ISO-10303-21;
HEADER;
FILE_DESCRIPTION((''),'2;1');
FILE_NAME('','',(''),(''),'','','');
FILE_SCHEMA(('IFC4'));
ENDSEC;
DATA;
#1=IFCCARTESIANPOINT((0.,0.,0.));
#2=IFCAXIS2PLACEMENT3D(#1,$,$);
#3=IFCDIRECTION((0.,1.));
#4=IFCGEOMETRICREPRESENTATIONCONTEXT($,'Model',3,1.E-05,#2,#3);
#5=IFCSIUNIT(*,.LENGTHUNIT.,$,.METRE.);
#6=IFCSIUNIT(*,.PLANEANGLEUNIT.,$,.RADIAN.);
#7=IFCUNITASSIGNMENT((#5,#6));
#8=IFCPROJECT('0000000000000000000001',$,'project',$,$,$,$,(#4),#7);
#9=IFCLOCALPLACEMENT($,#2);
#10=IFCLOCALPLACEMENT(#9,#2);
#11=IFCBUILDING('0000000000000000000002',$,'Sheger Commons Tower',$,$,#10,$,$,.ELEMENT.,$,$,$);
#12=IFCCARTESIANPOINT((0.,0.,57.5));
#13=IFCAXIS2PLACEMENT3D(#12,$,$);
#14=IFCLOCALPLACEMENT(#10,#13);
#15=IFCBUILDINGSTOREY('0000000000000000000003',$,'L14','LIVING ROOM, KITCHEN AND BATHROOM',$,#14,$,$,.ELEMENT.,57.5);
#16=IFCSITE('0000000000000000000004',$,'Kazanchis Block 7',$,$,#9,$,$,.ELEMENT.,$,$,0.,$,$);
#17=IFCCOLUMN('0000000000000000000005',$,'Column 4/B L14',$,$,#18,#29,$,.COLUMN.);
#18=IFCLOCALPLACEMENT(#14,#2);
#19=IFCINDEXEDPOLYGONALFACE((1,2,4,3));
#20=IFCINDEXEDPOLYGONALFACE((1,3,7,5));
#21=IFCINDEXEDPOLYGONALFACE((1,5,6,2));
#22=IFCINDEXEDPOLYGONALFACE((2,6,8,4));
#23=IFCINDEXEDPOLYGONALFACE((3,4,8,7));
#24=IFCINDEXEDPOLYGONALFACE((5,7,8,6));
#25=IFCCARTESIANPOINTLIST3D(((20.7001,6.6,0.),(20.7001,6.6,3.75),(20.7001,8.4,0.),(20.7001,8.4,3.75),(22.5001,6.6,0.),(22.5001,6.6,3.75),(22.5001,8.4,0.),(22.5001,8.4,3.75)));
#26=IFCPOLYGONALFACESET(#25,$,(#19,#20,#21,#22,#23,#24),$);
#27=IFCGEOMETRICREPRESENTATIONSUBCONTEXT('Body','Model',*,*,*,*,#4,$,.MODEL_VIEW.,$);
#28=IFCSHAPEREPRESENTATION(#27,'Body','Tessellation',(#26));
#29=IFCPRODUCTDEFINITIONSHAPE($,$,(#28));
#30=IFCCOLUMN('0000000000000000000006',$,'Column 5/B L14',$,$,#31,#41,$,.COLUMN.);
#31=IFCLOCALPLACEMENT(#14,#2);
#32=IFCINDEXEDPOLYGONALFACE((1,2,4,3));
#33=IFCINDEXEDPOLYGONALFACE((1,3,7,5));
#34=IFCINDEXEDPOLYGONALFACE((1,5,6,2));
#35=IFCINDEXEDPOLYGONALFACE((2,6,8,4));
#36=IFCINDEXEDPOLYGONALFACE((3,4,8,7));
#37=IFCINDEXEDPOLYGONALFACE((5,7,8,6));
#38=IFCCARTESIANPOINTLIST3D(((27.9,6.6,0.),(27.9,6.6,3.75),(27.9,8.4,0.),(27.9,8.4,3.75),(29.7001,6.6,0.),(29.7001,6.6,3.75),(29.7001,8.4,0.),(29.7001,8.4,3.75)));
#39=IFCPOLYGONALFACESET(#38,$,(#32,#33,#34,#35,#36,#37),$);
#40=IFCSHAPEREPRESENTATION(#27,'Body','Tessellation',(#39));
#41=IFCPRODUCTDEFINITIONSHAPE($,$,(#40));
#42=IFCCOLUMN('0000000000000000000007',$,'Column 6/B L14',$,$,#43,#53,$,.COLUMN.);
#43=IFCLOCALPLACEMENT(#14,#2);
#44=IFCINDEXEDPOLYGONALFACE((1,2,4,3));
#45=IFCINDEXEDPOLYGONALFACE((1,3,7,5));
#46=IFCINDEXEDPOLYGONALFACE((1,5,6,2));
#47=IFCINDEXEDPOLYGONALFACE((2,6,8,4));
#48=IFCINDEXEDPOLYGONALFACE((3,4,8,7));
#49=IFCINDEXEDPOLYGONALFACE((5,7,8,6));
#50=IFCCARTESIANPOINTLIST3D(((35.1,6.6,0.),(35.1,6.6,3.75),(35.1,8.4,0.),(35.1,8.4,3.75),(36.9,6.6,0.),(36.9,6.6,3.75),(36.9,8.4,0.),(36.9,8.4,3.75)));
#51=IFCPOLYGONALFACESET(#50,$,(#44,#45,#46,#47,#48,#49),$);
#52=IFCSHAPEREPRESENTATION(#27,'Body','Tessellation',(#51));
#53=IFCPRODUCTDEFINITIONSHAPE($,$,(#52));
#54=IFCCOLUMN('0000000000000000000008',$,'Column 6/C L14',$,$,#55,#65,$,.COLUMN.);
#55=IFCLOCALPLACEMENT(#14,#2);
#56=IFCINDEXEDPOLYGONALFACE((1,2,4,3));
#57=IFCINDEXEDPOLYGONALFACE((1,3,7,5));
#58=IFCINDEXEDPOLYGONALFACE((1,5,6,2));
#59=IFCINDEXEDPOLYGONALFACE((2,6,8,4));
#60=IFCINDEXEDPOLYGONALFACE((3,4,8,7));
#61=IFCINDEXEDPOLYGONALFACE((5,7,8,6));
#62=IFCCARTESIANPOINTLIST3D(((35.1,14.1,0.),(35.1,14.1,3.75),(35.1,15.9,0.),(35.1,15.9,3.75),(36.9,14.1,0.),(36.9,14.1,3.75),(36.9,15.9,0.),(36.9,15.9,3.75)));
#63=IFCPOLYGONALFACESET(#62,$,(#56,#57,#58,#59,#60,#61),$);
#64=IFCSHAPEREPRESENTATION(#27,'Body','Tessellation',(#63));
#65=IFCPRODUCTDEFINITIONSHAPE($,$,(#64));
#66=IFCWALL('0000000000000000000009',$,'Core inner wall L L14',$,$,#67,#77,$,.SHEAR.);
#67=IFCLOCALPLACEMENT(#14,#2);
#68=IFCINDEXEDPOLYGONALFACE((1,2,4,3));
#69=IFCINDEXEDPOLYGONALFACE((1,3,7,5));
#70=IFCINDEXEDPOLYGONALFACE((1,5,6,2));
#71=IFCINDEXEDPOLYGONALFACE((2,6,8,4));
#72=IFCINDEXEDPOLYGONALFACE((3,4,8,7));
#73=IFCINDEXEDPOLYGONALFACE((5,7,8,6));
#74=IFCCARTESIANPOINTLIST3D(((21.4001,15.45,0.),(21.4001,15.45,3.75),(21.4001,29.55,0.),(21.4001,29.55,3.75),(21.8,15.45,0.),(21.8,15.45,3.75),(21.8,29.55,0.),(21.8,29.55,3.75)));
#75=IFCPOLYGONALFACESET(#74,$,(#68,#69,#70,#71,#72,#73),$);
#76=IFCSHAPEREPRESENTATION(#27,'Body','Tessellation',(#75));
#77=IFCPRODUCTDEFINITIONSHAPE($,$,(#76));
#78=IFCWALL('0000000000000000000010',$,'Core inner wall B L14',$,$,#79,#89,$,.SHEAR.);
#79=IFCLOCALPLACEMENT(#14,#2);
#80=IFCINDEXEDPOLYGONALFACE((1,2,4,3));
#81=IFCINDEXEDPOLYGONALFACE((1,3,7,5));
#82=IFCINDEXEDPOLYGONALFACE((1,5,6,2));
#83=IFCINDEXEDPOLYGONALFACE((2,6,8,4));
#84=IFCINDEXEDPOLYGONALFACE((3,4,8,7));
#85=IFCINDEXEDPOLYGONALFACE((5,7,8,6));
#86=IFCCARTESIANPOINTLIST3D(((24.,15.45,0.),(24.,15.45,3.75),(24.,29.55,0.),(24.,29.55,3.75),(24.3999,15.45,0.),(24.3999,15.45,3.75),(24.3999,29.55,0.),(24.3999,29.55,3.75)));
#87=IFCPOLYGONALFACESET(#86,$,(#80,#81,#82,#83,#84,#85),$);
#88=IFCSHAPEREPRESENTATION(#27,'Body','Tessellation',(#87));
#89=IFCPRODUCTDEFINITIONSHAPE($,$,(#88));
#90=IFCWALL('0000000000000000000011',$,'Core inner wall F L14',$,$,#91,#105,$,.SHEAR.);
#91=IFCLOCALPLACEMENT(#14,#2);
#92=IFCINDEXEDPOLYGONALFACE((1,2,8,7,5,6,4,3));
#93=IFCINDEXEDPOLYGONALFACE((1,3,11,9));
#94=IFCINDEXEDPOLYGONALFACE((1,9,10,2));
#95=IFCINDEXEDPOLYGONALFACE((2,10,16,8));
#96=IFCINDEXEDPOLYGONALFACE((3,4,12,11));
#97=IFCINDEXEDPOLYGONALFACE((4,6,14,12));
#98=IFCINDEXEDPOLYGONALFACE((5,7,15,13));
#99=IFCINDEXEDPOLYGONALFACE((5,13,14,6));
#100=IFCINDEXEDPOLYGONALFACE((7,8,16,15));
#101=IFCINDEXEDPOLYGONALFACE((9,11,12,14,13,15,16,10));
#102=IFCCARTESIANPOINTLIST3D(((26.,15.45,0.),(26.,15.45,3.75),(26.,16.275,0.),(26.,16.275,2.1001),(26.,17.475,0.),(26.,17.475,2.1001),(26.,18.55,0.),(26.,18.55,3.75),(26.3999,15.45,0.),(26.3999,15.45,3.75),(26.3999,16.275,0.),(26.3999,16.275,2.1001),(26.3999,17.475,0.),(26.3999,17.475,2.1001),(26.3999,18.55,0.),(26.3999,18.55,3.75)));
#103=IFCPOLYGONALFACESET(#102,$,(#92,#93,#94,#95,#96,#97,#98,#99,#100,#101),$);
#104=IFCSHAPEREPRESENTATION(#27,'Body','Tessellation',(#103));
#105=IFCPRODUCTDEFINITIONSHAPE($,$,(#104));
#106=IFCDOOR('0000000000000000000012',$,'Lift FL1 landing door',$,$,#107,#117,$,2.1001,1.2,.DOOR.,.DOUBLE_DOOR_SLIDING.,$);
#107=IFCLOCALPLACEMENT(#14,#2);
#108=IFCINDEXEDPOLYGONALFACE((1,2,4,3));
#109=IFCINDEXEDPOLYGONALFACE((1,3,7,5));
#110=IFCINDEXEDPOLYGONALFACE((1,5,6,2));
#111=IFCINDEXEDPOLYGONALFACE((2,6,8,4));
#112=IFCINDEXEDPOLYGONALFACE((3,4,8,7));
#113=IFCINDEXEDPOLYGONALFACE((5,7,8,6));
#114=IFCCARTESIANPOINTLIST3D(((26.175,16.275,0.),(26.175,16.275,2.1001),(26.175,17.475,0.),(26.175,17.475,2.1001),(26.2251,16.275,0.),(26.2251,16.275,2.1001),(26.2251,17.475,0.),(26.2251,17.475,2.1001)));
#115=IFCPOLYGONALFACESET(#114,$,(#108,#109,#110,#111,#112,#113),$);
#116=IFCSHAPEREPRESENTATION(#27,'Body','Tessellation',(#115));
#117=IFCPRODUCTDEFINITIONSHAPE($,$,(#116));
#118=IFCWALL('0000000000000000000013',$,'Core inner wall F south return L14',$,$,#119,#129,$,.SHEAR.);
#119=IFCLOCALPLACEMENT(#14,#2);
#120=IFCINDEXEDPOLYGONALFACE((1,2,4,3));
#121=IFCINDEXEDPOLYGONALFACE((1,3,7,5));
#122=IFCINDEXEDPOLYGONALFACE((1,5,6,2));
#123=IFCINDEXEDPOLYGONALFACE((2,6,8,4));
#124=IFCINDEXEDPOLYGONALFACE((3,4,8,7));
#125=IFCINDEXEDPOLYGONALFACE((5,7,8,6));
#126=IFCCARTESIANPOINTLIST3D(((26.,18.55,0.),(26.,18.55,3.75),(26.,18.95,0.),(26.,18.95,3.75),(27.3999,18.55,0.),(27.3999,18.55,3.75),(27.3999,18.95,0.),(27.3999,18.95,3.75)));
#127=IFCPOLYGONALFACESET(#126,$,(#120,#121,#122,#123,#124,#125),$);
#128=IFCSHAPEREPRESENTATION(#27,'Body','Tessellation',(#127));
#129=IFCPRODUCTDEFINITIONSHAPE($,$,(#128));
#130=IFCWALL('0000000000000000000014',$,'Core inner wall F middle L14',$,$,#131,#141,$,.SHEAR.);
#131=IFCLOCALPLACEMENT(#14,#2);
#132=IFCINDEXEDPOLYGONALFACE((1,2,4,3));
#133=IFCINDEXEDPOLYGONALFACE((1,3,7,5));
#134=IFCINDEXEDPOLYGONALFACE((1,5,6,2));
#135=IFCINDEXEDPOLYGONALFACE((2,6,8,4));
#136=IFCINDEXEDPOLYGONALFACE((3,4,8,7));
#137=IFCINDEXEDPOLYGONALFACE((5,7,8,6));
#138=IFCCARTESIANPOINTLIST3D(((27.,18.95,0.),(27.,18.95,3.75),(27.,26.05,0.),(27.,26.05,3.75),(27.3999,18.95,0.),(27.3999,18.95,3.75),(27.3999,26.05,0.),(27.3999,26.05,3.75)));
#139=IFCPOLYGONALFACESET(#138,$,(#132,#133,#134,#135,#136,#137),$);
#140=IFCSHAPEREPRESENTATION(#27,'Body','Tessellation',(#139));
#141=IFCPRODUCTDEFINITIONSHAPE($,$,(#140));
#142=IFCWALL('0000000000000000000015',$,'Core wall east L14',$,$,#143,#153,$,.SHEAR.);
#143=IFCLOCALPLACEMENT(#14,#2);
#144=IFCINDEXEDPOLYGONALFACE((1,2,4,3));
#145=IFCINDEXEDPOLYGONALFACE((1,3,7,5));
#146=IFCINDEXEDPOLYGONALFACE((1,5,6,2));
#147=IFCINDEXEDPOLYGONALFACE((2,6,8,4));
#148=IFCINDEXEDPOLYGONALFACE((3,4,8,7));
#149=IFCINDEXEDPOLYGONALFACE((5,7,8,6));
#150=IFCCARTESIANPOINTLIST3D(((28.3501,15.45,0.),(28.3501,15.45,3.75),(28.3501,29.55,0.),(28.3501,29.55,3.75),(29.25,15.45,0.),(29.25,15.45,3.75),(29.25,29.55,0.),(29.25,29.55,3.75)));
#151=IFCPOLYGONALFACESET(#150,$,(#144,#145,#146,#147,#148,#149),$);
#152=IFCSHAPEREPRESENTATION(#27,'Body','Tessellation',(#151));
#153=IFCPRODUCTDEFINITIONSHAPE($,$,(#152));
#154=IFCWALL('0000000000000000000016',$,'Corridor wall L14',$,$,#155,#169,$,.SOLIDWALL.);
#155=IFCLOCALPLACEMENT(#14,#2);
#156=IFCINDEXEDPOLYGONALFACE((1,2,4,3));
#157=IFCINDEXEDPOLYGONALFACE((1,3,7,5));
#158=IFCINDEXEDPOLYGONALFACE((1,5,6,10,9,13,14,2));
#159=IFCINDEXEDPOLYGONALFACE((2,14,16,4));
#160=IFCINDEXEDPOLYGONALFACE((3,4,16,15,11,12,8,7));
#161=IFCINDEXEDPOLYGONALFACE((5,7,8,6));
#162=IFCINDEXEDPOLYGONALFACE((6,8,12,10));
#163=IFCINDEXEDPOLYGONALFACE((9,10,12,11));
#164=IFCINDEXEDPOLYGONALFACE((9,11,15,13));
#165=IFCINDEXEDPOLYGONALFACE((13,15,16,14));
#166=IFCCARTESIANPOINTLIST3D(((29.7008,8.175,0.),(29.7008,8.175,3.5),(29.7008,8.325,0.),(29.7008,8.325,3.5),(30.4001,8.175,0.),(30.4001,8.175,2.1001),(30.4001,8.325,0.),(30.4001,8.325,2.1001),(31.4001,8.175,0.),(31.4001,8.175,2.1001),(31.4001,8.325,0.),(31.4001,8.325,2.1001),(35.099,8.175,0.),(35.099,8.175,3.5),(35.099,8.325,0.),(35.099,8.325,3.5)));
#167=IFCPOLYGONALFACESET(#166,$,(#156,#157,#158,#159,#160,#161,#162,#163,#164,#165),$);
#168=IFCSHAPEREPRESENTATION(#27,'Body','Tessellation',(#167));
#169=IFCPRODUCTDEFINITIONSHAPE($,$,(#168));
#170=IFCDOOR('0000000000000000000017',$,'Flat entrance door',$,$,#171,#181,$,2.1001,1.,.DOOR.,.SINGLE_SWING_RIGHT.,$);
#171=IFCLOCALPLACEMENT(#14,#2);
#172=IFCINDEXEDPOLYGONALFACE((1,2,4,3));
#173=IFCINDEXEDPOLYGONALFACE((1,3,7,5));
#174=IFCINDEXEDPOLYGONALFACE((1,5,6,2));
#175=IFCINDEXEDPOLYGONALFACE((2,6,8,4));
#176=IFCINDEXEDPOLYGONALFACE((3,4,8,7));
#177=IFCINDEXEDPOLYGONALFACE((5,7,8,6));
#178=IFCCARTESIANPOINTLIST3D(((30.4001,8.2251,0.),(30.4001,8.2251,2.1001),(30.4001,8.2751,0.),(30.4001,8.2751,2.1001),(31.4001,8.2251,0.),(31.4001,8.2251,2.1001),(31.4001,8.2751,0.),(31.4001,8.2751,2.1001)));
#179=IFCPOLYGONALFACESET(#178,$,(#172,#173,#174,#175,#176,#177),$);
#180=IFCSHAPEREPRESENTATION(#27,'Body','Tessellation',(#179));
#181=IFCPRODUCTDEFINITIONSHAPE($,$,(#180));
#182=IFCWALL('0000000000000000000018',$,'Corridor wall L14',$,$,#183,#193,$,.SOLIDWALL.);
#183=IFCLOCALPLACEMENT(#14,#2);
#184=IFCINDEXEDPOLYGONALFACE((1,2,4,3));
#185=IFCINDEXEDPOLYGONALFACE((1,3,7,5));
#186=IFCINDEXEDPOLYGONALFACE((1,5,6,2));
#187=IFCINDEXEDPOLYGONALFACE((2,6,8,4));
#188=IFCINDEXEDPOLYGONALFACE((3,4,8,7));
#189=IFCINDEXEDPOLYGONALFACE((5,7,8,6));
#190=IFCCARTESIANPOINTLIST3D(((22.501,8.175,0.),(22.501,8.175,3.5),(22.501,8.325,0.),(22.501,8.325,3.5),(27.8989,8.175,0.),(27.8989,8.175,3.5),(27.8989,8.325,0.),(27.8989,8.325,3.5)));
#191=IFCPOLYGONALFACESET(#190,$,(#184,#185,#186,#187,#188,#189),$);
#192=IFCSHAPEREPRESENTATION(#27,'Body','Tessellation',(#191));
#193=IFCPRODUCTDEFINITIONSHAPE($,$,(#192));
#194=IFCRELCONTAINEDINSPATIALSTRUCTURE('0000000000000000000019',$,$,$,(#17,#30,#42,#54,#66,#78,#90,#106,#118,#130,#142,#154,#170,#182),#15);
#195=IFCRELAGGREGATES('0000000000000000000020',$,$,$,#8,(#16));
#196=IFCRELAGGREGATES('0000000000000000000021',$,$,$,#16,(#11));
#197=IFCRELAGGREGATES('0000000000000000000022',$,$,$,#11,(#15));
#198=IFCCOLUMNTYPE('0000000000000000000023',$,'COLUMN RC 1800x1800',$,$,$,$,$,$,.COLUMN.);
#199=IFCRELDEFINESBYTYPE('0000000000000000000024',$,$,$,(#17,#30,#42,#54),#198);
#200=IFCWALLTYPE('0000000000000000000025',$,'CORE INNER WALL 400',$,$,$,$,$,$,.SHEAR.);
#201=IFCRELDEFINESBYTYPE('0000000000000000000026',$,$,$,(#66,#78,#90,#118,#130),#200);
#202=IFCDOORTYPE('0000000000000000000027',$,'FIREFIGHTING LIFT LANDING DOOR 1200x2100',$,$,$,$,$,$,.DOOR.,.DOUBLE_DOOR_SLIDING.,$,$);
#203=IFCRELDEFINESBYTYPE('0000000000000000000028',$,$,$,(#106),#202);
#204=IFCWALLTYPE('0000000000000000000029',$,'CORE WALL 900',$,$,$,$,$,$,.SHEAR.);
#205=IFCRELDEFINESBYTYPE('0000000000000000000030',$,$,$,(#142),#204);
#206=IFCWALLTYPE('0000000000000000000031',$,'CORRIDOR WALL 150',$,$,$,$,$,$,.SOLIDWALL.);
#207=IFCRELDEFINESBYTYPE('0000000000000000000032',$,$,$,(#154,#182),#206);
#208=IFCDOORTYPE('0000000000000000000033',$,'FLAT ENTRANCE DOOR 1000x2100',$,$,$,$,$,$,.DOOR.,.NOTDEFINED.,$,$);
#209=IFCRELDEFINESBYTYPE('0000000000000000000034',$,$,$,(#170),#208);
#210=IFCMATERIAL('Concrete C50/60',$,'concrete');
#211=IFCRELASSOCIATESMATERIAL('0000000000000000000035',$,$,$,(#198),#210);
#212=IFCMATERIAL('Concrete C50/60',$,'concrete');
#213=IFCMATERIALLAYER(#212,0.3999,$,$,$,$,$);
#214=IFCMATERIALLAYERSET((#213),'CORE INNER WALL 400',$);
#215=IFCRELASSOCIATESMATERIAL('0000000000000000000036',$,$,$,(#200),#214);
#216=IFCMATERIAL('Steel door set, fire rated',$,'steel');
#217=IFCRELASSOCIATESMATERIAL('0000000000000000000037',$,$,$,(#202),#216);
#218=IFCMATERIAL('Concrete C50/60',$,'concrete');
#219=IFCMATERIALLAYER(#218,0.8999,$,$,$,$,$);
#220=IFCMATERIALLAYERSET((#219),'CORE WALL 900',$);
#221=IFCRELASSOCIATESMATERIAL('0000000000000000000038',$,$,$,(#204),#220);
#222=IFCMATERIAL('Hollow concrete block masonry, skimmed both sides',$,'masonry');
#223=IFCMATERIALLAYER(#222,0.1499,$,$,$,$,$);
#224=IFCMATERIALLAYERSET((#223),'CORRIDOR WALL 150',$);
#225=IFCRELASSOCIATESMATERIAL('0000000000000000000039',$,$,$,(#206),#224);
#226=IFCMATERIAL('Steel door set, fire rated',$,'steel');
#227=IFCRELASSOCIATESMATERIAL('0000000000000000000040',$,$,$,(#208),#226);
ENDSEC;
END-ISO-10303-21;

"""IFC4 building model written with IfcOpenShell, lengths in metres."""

from ifc_helpers import new_model, si_unit, direction, frame, frame_2d, origin, origin_2d, place, context, subcontext, project, spatial, rectangle, extrude, material, layer, layer_set, material_profile, profile_set, type_object, element, fill, save


model = new_model("IFC4")

# Units and contexts
model_context = context("Model", 3, precision=1e-05, world=origin(), true_north=direction((0.0, 1.0)))
body_context = subcontext(model_context, "Body", "Model", "MODEL_VIEW")
ifc_project = project(units=[si_unit("LENGTHUNIT", "METRE"), si_unit("PLANEANGLEUNIT", "RADIAN")], contexts=[model_context])

# Site, building, storey
site_placement = place(None, origin())
site = spatial("IfcSite", under=ifc_project, at=site_placement, Name="Kazanchis Block 7", CompositionType="ELEMENT", RefElevation=0.0)
building_placement = place(site_placement, origin())
building = spatial("IfcBuilding", under=site, at=building_placement, Name="Sheger Commons Tower", CompositionType="ELEMENT")
storey_placement = place(building_placement, frame((0.0, 0.0, 57.5)))
storey = spatial("IfcBuildingStorey", under=building, at=storey_placement, Name="L14", Description="LIVING ROOM, KITCHEN AND BATHROOM", CompositionType="ELEMENT", Elevation=57.5)

# Columns
ifc_material_1 = material(Name="Concrete C50/60", Category="concrete")
ifc_material_profile = material_profile(ifc_material_1, rectangle(XDim=1.8, YDim=1.8, at=origin_2d()), Name="RC 1800x1800")
ifc_profile_set = profile_set([ifc_material_profile], Name="Concrete C50/60")
column_type = type_object("IfcColumnType", Name="COLUMN RC 1800x1800", PredefinedType="COLUMN", material=ifc_profile_set)
for number, where, z_axis, x_axis, name in (
    (1, (21.6001, 7.5, 0.0), (0.0, 0.0, 1.0), (1.0, 0.0, 0.0), "Column 4/B L14"),
    (2, (28.8, 7.5, 0.0), (0.0, 0.0, 1.0), (1.0, 0.0, 0.0), "Column 5/B L14"),
    (3, (36.0, 7.5, 0.0), (0.0, 0.0, 1.0), (1.0, 0.0, 0.0), "Column 6/B L14"),
    (4, (36.0, 15.0, 0.0), (0.0, 0.0, 1.0), (1.0, 0.0, 0.0), "Column 6/C L14"),
):
    element("IfcColumn", number, at=place(storey_placement, frame(where, z_axis=z_axis, x_axis=x_axis)), inside=storey, type_object=column_type, Name=name, PredefinedType="COLUMN", context=body_context, shape_type="SweptSolid", body=[
        extrude(rectangle(XDim=1.8, YDim=1.8, at=origin_2d()), origin(), (0.0, 0.0, 1.0), 3.75),
    ])

# Walls
ifc_material_2 = material(Name="Concrete C50/60", Category="concrete")
ifc_layer_1 = layer(ifc_material_2, 0.3999)
ifc_layer_set_1 = layer_set([ifc_layer_1], Name="CORE INNER WALL 400")
wall_type_1 = type_object("IfcWallType", Name="CORE INNER WALL 400", PredefinedType="SHEAR", material=ifc_layer_set_1)
for number, where, z_axis, x_axis, name in (
    (5, (21.6001, 15.45, 0.0), (0.0, 0.0, 1.0), (0.0, 1.0, 0.0), "Core inner wall L L14"),
    (6, (24.2, 15.45, 0.0), (0.0, 0.0, 1.0), (0.0, 1.0, 0.0), "Core inner wall B L14"),
):
    element("IfcWall", number, at=place(storey_placement, frame(where, z_axis=z_axis, x_axis=x_axis)), inside=storey, type_object=wall_type_1, Name=name, PredefinedType="SHEAR", context=body_context, shape_type="SweptSolid", body=[
        extrude(rectangle(XDim=14.1001, YDim=0.3999, at=frame_2d((7.05, 0.0))), origin(), (0.0, 0.0, 1.0), 3.75),
    ])

# Wall, opening, door
wall_1_placement = place(storey_placement, frame((26.2, 15.45, 0.0), z_axis=(0.0, 0.0, 1.0), x_axis=(0.0, 1.0, 0.0)))
wall_1 = element("IfcWall", 7, at=wall_1_placement, inside=storey, type_object=wall_type_1, Name="Core inner wall F L14", PredefinedType="SHEAR", context=body_context, shape_type="SweptSolid", body=[
    extrude(rectangle(XDim=3.1001, YDim=0.3999, at=frame_2d((1.55, 0.0))), origin(), (0.0, 0.0, 1.0), 3.75),
])
opening_1_placement = place(wall_1_placement, frame((0.825, 0.0, 0.0)))
opening_1 = element("IfcOpeningElement", 8, at=opening_1_placement, cuts=wall_1, PredefinedType="OPENING", context=body_context, shape_type="SweptSolid", body=[
    extrude(rectangle(XDim=1.2, YDim=2.1001, at=frame_2d((0.6001, 1.05))), frame((0.0, 0.21, 0.0), z_axis=(0.0, -1.0, 0.0), x_axis=(1.0, 0.0, 0.0)), (0.0, 0.0, 1.0), 0.4199),
])
ifc_material_3 = material(Name="Steel door set, fire rated", Category="steel")
door_type_1 = type_object("IfcDoorType", Name="FIREFIGHTING LIFT LANDING DOOR 1200x2100", OperationType="DOUBLE_DOOR_SLIDING", PredefinedType="DOOR", material=ifc_material_3)
door_1_placement = place(opening_1_placement, origin())
door_1 = element("IfcDoor", 9, at=door_1_placement, inside=storey, type_object=door_type_1, Name="Lift FL1 landing door", OperationType="DOUBLE_DOOR_SLIDING", OverallHeight=2.1001, OverallWidth=1.2, PredefinedType="DOOR", context=body_context, shape_type="SweptSolid", body=[
    extrude(rectangle(XDim=1.2, YDim=2.1001, at=frame_2d((0.6001, 1.05))), frame((0.0, 0.0249, 0.0), z_axis=(0.0, -1.0, 0.0), x_axis=(1.0, 0.0, 0.0)), (0.0, 0.0, 1.0), 0.05),
])
fill(opening_1, door_1)

# Walls
wall_2_placement = place(storey_placement, frame((26.0, 18.75, 0.0), z_axis=(0.0, 0.0, 1.0), x_axis=(1.0, 0.0, 0.0)))
element("IfcWall", 10, at=wall_2_placement, inside=storey, type_object=wall_type_1, Name="Core inner wall F south return L14", PredefinedType="SHEAR", context=body_context, shape_type="SweptSolid", body=[
    extrude(rectangle(XDim=1.3999, YDim=0.3999, at=frame_2d((0.7, 0.0))), origin(), (0.0, 0.0, 1.0), 3.75),
])
wall_3_placement = place(storey_placement, frame((27.2, 18.95, 0.0), z_axis=(0.0, 0.0, 1.0), x_axis=(0.0, 1.0, 0.0)))
element("IfcWall", 11, at=wall_3_placement, inside=storey, type_object=wall_type_1, Name="Core inner wall F middle L14", PredefinedType="SHEAR", context=body_context, shape_type="SweptSolid", body=[
    extrude(rectangle(XDim=7.1001, YDim=0.3999, at=frame_2d((3.55, 0.0))), origin(), (0.0, 0.0, 1.0), 3.75),
])
ifc_material_4 = material(Name="Concrete C50/60", Category="concrete")
ifc_layer_2 = layer(ifc_material_4, 0.8999)
ifc_layer_set_2 = layer_set([ifc_layer_2], Name="CORE WALL 900")
wall_type_2 = type_object("IfcWallType", Name="CORE WALL 900", PredefinedType="SHEAR", material=ifc_layer_set_2)
wall_4_placement = place(storey_placement, frame((28.8, 15.45, 0.0), z_axis=(0.0, 0.0, 1.0), x_axis=(0.0, 1.0, 0.0)))
element("IfcWall", 12, at=wall_4_placement, inside=storey, type_object=wall_type_2, Name="Core wall east L14", PredefinedType="SHEAR", context=body_context, shape_type="SweptSolid", body=[
    extrude(rectangle(XDim=14.1001, YDim=0.8999, at=frame_2d((7.05, 0.0))), origin(), (0.0, 0.0, 1.0), 3.75),
])

# Wall, opening, door
ifc_material_5 = material(Name="Hollow concrete block masonry, skimmed both sides", Category="masonry")
ifc_layer_3 = layer(ifc_material_5, 0.1499)
ifc_layer_set_3 = layer_set([ifc_layer_3], Name="CORRIDOR WALL 150")
wall_type_3 = type_object("IfcWallType", Name="CORRIDOR WALL 150", PredefinedType="SOLIDWALL", material=ifc_layer_set_3)
wall_5_placement = place(storey_placement, frame((35.0991, 8.25, 0.0), z_axis=(0.0, 0.0, 1.0), x_axis=(-1.0, 0.0, 0.0)))
wall_5 = element("IfcWall", 13, at=wall_5_placement, inside=storey, type_object=wall_type_3, Name="Corridor wall L14", PredefinedType="SOLIDWALL", context=body_context, shape_type="SweptSolid", body=[
    extrude(rectangle(XDim=5.3982, YDim=0.1499, at=frame_2d((2.6992, 0.0))), origin(), (0.0, 0.0, 1.0), 3.5),
])
opening_2_placement = place(wall_5_placement, frame((3.699, 0.0, 0.0)))
opening_2 = element("IfcOpeningElement", 14, at=opening_2_placement, cuts=wall_5, PredefinedType="OPENING", context=body_context, shape_type="SweptSolid", body=[
    extrude(rectangle(XDim=1.0, YDim=2.1001, at=frame_2d((0.5, 1.05))), frame((0.0, 0.085, 0.0), z_axis=(0.0, -1.0, 0.0), x_axis=(1.0, 0.0, 0.0)), (0.0, 0.0, 1.0), 0.1699),
])
ifc_material_6 = material(Name="Steel door set, fire rated", Category="steel")
door_type_2 = type_object("IfcDoorType", Name="FLAT ENTRANCE DOOR 1000x2100", OperationType="NOTDEFINED", PredefinedType="DOOR", material=ifc_material_6)
door_2_placement = place(opening_2_placement, origin())
door_2 = element("IfcDoor", 15, at=door_2_placement, inside=storey, type_object=door_type_2, Name="Flat entrance door", OperationType="SINGLE_SWING_RIGHT", OverallHeight=2.1001, OverallWidth=1.0, PredefinedType="DOOR", context=body_context, shape_type="SweptSolid", body=[
    extrude(rectangle(XDim=1.0, YDim=2.1001, at=frame_2d((0.5, 1.05))), frame((0.0, 0.0249, 0.0), z_axis=(0.0, -1.0, 0.0), x_axis=(1.0, 0.0, 0.0)), (0.0, 0.0, 1.0), 0.05),
])
fill(opening_2, door_2)

# Wall
wall_6_placement = place(storey_placement, frame((27.8989, 8.25, 0.0), z_axis=(0.0, 0.0, 1.0), x_axis=(-1.0, 0.0, 0.0)))
element("IfcWall", 16, at=wall_6_placement, inside=storey, type_object=wall_type_3, Name="Corridor wall L14", PredefinedType="SOLIDWALL", context=body_context, shape_type="SweptSolid", body=[
    extrude(rectangle(XDim=5.3979, YDim=0.1499, at=frame_2d((2.699, 0.0))), origin(), (0.0, 0.0, 1.0), 3.5),
])

save(model, "model.ifc")
